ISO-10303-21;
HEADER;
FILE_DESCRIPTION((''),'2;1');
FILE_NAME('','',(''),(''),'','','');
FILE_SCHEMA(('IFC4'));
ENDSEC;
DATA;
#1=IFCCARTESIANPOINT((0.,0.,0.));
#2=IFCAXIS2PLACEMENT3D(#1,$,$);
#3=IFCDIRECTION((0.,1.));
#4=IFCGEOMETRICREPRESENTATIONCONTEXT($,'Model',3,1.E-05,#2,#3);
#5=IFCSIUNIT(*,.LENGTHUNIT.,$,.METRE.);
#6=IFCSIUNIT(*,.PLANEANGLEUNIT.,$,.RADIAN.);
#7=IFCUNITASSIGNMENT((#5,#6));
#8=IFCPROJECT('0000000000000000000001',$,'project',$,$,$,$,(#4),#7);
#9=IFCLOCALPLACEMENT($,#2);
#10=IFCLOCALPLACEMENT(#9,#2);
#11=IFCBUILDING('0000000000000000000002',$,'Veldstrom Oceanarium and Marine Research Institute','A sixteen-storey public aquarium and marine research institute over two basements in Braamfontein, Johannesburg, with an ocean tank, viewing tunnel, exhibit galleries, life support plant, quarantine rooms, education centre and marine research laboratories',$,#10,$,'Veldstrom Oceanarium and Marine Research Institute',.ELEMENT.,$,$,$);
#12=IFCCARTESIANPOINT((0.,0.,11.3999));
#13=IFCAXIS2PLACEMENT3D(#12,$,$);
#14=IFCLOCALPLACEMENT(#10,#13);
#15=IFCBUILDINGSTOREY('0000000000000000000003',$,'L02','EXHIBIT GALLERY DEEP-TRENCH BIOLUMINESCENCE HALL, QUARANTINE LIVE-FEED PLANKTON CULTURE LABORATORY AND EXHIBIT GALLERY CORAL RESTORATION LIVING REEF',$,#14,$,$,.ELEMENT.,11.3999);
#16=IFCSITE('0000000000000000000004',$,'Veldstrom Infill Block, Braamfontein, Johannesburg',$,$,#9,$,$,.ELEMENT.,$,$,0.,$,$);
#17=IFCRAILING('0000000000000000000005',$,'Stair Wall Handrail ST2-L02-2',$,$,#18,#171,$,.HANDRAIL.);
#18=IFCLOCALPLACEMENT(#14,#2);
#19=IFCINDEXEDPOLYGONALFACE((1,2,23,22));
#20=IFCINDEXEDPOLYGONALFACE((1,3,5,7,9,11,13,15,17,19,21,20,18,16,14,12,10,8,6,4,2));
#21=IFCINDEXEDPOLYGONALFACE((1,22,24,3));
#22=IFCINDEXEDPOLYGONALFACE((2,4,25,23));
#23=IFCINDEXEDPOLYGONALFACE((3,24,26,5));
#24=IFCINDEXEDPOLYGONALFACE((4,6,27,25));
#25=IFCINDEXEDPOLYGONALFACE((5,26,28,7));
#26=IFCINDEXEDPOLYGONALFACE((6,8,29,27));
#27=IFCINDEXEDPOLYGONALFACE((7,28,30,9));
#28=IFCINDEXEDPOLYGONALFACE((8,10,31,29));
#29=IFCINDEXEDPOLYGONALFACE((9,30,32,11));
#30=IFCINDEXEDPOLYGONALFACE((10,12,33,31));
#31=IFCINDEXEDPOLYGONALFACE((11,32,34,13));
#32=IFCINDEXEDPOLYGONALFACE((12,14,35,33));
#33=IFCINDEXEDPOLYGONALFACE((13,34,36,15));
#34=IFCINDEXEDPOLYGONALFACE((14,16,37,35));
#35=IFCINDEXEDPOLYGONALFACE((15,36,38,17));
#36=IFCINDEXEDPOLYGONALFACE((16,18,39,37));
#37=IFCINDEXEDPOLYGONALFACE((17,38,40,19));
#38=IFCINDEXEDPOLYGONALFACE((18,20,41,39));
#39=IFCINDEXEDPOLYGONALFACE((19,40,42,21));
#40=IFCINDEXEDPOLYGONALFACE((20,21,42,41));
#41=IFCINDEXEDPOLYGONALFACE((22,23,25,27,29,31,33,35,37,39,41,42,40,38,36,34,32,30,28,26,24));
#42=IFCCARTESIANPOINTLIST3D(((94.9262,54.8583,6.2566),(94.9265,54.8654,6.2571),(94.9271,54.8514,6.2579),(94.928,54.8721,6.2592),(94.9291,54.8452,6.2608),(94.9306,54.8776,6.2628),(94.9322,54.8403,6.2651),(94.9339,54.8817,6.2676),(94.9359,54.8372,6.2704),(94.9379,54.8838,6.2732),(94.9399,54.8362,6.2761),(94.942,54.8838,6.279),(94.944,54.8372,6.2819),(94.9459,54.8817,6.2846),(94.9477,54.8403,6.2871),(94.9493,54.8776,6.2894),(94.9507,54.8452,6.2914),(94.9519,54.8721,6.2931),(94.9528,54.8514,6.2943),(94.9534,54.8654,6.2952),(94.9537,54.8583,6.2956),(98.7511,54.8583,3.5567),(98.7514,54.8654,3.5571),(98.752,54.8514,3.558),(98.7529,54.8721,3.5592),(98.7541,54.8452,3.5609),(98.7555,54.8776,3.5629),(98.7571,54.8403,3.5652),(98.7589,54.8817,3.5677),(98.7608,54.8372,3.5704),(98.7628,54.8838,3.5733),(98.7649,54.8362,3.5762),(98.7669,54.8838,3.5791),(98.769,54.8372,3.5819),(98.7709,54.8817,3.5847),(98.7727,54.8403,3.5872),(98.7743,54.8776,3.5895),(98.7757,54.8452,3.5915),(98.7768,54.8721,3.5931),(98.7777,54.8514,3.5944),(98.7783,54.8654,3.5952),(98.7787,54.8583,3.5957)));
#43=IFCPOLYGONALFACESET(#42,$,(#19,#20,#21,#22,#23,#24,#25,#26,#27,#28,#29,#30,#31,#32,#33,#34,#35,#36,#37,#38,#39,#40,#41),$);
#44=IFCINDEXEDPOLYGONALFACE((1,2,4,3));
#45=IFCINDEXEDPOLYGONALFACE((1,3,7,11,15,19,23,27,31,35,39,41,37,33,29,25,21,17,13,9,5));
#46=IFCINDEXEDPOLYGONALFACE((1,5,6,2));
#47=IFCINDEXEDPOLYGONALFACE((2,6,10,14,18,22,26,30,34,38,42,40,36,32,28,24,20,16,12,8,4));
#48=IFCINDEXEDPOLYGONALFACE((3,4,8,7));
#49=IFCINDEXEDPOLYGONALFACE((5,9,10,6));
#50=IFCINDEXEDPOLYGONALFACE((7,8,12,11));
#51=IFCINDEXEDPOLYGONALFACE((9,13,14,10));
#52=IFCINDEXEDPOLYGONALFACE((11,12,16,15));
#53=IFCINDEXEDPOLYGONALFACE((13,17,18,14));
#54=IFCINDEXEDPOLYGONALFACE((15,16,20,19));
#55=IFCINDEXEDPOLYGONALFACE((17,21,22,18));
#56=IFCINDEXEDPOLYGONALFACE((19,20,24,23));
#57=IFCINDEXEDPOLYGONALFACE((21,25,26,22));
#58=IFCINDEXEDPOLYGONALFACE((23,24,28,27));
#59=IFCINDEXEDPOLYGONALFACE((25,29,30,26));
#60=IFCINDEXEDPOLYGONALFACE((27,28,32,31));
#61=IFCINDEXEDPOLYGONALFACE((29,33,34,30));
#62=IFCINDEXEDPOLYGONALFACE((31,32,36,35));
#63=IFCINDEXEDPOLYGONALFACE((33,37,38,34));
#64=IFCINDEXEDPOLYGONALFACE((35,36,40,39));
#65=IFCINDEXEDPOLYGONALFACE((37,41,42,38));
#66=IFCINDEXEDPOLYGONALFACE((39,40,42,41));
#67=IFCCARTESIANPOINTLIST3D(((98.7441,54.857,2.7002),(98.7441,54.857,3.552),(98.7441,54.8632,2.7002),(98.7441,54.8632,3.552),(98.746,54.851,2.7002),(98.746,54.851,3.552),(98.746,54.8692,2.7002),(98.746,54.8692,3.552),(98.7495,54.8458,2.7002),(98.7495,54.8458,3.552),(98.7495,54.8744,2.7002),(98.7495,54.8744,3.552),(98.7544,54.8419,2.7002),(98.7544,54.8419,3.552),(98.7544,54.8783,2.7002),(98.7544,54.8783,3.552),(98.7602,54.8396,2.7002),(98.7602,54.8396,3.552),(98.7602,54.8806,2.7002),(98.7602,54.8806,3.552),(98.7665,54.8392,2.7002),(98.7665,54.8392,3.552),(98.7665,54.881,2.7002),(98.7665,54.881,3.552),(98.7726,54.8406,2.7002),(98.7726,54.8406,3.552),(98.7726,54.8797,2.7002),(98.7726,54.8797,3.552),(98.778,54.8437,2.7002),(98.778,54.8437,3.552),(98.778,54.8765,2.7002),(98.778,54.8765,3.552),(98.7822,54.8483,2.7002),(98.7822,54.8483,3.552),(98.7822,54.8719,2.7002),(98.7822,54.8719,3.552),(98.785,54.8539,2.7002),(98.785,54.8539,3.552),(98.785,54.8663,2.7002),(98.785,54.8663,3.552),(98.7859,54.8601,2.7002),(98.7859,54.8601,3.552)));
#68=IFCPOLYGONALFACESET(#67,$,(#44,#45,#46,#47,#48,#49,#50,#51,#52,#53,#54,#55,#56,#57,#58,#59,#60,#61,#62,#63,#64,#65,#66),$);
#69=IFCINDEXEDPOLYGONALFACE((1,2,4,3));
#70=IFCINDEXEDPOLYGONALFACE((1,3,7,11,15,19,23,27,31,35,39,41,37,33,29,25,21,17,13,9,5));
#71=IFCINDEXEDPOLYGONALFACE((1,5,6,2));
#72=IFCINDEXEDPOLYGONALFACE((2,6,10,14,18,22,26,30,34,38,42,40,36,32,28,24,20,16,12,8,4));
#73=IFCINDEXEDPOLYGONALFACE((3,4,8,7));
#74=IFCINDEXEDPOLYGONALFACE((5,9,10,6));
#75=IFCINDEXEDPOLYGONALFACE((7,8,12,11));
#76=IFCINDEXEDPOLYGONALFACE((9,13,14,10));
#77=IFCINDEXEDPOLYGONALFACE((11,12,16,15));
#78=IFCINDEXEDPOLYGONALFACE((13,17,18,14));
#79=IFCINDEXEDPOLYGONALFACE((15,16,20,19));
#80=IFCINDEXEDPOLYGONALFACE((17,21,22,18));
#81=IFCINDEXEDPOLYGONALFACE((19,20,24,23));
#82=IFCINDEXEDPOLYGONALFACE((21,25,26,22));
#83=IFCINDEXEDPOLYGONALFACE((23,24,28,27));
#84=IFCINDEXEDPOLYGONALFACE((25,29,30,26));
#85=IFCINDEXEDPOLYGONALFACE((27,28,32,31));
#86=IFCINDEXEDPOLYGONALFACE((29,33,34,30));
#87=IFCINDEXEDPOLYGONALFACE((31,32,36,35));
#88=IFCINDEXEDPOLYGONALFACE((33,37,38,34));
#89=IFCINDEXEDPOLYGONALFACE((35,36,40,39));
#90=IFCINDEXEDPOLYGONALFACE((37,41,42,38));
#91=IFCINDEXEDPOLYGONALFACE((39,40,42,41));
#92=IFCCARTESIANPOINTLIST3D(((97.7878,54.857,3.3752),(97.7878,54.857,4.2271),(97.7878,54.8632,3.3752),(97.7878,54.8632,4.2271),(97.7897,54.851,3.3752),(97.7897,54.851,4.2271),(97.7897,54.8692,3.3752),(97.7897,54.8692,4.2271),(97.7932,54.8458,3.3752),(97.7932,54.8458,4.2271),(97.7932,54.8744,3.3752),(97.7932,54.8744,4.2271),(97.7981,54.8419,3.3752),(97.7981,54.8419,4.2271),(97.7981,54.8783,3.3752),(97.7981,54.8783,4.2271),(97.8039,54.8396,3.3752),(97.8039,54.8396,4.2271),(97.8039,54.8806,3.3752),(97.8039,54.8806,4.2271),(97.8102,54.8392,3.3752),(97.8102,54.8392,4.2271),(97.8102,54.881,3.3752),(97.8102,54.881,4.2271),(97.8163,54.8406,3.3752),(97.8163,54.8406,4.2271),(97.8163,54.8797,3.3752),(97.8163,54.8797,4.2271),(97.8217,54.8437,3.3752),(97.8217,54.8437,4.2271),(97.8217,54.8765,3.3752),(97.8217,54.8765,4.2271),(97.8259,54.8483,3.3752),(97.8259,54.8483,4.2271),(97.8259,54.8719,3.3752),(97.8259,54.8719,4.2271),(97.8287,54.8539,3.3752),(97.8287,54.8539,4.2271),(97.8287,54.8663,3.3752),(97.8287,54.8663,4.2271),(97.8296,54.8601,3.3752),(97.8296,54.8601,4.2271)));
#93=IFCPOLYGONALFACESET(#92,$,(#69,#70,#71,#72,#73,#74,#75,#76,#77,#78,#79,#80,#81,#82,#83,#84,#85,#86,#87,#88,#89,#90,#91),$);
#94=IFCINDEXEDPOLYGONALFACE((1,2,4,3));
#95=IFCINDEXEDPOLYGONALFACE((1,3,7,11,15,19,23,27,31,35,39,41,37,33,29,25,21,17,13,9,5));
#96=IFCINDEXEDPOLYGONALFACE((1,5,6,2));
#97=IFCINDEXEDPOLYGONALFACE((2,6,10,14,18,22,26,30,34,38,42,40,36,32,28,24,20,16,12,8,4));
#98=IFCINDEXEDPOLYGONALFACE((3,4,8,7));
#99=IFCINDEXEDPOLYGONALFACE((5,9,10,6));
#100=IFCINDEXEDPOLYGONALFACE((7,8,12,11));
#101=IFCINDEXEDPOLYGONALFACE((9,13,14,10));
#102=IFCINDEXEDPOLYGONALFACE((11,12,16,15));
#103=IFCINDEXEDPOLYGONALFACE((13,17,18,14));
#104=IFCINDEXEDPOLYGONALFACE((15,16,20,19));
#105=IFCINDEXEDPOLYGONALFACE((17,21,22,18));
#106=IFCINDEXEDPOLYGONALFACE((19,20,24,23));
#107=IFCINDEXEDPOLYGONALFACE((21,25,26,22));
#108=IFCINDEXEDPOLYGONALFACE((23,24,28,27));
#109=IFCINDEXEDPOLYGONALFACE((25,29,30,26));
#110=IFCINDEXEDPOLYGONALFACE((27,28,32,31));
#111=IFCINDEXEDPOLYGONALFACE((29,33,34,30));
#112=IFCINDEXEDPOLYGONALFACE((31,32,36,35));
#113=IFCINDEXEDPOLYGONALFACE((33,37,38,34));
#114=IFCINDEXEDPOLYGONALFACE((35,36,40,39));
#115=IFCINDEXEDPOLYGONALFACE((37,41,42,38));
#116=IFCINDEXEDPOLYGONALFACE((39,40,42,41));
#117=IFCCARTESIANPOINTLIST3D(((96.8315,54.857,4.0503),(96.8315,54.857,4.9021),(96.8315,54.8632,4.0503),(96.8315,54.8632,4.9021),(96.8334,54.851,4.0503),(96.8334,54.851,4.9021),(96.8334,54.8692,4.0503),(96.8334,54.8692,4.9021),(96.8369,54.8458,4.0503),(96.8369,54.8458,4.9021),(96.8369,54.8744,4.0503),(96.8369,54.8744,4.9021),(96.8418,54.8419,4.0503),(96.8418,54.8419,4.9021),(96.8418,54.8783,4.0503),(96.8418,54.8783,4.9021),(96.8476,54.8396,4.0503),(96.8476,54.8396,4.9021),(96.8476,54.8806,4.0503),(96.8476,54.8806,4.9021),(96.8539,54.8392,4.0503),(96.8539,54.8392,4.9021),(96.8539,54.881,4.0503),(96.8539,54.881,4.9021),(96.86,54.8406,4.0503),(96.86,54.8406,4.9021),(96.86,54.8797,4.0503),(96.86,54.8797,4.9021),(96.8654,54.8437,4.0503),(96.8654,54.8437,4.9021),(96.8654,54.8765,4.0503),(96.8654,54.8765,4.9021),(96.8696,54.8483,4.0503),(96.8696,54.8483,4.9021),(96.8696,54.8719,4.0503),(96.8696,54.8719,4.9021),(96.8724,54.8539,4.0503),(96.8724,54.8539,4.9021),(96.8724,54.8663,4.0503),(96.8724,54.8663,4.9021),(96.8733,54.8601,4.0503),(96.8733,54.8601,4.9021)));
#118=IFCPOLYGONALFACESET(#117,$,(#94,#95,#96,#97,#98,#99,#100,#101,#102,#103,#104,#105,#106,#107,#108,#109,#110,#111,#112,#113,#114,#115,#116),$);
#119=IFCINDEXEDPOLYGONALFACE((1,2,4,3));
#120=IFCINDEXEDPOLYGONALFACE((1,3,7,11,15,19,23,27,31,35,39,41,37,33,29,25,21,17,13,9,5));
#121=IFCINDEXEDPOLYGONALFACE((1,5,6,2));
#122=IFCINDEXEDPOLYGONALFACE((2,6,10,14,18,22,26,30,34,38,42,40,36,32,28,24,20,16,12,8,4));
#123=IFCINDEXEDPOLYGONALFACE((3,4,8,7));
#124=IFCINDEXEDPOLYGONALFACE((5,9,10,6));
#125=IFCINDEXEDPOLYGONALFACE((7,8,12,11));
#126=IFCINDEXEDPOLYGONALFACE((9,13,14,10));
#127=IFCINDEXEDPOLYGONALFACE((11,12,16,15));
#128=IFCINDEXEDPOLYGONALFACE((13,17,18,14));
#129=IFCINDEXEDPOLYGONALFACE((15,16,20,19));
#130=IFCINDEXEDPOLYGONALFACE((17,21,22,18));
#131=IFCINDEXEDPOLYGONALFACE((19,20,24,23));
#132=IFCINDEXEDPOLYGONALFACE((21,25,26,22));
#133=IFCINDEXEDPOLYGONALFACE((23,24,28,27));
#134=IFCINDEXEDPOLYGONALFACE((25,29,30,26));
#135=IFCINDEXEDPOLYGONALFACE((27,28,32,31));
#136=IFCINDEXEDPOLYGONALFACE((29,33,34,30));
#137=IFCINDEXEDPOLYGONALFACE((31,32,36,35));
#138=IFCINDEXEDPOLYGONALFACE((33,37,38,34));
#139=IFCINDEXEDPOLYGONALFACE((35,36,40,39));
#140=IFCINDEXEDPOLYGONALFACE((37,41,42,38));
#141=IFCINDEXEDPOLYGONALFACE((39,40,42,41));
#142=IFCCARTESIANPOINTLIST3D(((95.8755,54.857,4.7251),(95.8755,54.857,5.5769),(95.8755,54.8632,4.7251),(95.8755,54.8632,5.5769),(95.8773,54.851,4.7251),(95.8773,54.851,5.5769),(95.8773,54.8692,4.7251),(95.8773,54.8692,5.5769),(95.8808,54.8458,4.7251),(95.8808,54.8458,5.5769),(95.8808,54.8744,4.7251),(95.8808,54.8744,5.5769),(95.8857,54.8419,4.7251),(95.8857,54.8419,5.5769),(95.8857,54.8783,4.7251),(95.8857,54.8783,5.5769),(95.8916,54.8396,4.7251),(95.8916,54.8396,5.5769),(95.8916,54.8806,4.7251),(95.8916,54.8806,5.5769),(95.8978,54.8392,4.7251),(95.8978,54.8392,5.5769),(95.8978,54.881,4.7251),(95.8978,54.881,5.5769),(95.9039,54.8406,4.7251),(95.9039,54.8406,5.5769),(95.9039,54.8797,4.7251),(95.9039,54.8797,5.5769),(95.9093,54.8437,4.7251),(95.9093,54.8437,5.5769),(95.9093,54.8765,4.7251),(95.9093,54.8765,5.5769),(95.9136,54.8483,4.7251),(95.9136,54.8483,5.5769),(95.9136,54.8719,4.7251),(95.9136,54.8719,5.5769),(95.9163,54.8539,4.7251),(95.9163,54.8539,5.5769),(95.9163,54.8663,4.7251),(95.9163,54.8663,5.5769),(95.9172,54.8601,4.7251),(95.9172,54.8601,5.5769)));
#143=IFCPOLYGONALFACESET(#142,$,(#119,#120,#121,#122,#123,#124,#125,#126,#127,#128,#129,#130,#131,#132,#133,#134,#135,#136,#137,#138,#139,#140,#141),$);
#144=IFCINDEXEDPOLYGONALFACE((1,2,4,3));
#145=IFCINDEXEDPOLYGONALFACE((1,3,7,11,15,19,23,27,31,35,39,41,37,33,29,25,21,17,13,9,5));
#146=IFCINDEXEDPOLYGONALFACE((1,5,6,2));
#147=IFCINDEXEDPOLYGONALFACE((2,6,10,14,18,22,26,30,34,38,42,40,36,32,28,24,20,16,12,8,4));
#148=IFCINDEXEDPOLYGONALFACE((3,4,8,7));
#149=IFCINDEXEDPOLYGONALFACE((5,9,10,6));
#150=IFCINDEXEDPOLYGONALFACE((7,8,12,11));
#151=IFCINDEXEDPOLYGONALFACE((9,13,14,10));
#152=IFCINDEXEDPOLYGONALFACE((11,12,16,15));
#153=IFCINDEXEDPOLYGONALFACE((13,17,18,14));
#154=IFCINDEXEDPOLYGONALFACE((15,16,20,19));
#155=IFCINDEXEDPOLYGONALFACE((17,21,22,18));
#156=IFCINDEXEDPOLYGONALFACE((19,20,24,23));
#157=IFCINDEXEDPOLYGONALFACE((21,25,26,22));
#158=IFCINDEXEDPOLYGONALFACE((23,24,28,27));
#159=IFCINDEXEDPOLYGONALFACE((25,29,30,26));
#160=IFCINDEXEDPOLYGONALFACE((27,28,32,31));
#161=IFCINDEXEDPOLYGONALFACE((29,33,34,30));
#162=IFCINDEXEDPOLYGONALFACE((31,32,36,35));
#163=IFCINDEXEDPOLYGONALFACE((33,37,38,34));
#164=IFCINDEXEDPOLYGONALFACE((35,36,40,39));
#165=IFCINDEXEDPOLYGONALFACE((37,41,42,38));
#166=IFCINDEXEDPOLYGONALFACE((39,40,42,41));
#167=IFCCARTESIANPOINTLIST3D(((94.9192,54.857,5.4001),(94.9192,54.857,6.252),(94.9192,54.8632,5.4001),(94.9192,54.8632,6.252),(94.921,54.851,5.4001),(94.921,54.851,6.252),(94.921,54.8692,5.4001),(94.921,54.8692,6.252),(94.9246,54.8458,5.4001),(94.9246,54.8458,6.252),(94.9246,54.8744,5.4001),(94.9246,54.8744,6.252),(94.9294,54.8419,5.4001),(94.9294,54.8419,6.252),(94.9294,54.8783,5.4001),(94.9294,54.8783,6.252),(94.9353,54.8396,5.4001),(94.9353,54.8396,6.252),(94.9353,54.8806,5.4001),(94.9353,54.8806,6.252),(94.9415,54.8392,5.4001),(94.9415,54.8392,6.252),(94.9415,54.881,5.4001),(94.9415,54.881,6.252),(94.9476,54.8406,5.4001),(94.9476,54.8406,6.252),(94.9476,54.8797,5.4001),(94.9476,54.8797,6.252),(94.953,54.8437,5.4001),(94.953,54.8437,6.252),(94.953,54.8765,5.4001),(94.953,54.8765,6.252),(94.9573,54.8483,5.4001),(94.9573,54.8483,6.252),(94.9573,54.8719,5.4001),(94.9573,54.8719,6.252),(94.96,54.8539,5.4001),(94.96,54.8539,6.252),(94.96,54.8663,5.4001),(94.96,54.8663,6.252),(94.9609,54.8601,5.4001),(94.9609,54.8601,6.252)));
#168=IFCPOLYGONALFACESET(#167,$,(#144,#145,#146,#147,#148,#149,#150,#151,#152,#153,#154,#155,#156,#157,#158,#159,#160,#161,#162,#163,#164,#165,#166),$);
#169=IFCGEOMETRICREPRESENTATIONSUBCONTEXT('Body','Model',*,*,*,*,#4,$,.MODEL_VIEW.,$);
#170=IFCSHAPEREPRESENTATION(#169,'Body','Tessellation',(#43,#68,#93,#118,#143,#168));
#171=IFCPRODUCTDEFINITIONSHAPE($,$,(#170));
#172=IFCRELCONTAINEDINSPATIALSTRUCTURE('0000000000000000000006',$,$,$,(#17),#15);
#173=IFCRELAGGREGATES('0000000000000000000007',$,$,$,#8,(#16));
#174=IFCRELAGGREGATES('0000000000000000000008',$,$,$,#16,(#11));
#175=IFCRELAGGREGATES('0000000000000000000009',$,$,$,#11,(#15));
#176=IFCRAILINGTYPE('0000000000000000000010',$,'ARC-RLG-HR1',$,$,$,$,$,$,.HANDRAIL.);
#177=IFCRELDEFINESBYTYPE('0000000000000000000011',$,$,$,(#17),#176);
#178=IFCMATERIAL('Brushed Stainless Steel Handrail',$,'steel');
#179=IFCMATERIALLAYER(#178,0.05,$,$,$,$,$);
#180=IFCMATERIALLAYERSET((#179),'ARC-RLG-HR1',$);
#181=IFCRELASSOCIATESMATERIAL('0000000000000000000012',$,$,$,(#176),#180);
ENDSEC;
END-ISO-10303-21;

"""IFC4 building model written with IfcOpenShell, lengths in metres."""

from ifc_helpers import new_model, si_unit, direction, frame, origin, origin_2d, place, context, subcontext, project, spatial, circle, extrude, material, layer, layer_set, type_object, element, save


model = new_model("IFC4")

# Units and contexts
model_context = context("Model", 3, precision=1e-05, world=origin(), true_north=direction((0.0, 1.0)))
body_context = subcontext(model_context, "Body", "Model", "MODEL_VIEW")
ifc_project = project(units=[si_unit("LENGTHUNIT", "METRE"), si_unit("PLANEANGLEUNIT", "RADIAN")], contexts=[model_context])

# Site, building, storey
site_placement = place(None, origin())
site = spatial("IfcSite", under=ifc_project, at=site_placement, Name="Veldstrom Infill Block, Braamfontein, Johannesburg", CompositionType="ELEMENT", RefElevation=0.0)
building_placement = place(site_placement, origin())
building = spatial("IfcBuilding", under=site, at=building_placement, Name="Veldstrom Oceanarium and Marine Research Institute", Description="A sixteen-storey public aquarium and marine research institute over two basements in Braamfontein, Johannesburg, with an ocean tank, viewing tunnel, exhibit galleries, life support plant, quarantine rooms, education centre and marine research laboratories", LongName="Veldstrom Oceanarium and Marine Research Institute", CompositionType="ELEMENT")
storey_placement = place(building_placement, frame((0.0, 0.0, 11.3999)))
storey = spatial("IfcBuildingStorey", under=building, at=storey_placement, Name="L02", Description="EXHIBIT GALLERY DEEP-TRENCH BIOLUMINESCENCE HALL, QUARANTINE LIVE-FEED PLANKTON CULTURE LABORATORY AND EXHIBIT GALLERY CORAL RESTORATION LIVING REEF", CompositionType="ELEMENT", Elevation=11.3999)

# Railing
ifc_material_1 = material(Name="Brushed Stainless Steel Handrail", Category="steel")
ifc_layer_1 = layer(ifc_material_1, 0.05)
ifc_layer_set_1 = layer_set([ifc_layer_1], Name="ARC-RLG-HR1")
railing_type_1 = type_object("IfcRailingType", Name="ARC-RLG-HR1", PredefinedType="HANDRAIL", material=ifc_layer_set_1)
railing_1_placement = place(storey_placement, frame((98.7649, 54.8601, 2.7002)))
element("IfcRailing", 1, at=railing_1_placement, inside=storey, type_object=railing_type_1, Name="Stair Wall Handrail ST2-L02-2", PredefinedType="HANDRAIL", context=body_context, shape_type="SweptSolid", body=[
    extrude(circle(Radius=0.0239, at=origin_2d()), frame((0.0, 0.0, 0.876), z_axis=(-0.816969, 0.0, 0.576681), x_axis=(0.0, -1.0, 0.0)), (0.0, 0.0, 1.0), 4.6819),
    extrude(circle(Radius=0.021, at=origin_2d()), origin(), (0.0, 0.0, 1.0), 0.8518),
    extrude(circle(Radius=0.021, at=origin_2d()), frame((-0.9563, 0.0, 0.675)), (0.0, 0.0, 1.0), 0.8518),
    extrude(circle(Radius=0.021, at=origin_2d()), frame((-1.9126, 0.0, 1.3501)), (0.0, 0.0, 1.0), 0.8518),
    extrude(circle(Radius=0.021, at=origin_2d()), frame((-2.8687, 0.0, 2.0249)), (0.0, 0.0, 1.0), 0.8518),
    extrude(circle(Radius=0.021, at=origin_2d()), frame((-3.825, 0.0, 2.7)), (0.0, 0.0, 1.0), 0.8518),
])

save(model, "model.ifc")
